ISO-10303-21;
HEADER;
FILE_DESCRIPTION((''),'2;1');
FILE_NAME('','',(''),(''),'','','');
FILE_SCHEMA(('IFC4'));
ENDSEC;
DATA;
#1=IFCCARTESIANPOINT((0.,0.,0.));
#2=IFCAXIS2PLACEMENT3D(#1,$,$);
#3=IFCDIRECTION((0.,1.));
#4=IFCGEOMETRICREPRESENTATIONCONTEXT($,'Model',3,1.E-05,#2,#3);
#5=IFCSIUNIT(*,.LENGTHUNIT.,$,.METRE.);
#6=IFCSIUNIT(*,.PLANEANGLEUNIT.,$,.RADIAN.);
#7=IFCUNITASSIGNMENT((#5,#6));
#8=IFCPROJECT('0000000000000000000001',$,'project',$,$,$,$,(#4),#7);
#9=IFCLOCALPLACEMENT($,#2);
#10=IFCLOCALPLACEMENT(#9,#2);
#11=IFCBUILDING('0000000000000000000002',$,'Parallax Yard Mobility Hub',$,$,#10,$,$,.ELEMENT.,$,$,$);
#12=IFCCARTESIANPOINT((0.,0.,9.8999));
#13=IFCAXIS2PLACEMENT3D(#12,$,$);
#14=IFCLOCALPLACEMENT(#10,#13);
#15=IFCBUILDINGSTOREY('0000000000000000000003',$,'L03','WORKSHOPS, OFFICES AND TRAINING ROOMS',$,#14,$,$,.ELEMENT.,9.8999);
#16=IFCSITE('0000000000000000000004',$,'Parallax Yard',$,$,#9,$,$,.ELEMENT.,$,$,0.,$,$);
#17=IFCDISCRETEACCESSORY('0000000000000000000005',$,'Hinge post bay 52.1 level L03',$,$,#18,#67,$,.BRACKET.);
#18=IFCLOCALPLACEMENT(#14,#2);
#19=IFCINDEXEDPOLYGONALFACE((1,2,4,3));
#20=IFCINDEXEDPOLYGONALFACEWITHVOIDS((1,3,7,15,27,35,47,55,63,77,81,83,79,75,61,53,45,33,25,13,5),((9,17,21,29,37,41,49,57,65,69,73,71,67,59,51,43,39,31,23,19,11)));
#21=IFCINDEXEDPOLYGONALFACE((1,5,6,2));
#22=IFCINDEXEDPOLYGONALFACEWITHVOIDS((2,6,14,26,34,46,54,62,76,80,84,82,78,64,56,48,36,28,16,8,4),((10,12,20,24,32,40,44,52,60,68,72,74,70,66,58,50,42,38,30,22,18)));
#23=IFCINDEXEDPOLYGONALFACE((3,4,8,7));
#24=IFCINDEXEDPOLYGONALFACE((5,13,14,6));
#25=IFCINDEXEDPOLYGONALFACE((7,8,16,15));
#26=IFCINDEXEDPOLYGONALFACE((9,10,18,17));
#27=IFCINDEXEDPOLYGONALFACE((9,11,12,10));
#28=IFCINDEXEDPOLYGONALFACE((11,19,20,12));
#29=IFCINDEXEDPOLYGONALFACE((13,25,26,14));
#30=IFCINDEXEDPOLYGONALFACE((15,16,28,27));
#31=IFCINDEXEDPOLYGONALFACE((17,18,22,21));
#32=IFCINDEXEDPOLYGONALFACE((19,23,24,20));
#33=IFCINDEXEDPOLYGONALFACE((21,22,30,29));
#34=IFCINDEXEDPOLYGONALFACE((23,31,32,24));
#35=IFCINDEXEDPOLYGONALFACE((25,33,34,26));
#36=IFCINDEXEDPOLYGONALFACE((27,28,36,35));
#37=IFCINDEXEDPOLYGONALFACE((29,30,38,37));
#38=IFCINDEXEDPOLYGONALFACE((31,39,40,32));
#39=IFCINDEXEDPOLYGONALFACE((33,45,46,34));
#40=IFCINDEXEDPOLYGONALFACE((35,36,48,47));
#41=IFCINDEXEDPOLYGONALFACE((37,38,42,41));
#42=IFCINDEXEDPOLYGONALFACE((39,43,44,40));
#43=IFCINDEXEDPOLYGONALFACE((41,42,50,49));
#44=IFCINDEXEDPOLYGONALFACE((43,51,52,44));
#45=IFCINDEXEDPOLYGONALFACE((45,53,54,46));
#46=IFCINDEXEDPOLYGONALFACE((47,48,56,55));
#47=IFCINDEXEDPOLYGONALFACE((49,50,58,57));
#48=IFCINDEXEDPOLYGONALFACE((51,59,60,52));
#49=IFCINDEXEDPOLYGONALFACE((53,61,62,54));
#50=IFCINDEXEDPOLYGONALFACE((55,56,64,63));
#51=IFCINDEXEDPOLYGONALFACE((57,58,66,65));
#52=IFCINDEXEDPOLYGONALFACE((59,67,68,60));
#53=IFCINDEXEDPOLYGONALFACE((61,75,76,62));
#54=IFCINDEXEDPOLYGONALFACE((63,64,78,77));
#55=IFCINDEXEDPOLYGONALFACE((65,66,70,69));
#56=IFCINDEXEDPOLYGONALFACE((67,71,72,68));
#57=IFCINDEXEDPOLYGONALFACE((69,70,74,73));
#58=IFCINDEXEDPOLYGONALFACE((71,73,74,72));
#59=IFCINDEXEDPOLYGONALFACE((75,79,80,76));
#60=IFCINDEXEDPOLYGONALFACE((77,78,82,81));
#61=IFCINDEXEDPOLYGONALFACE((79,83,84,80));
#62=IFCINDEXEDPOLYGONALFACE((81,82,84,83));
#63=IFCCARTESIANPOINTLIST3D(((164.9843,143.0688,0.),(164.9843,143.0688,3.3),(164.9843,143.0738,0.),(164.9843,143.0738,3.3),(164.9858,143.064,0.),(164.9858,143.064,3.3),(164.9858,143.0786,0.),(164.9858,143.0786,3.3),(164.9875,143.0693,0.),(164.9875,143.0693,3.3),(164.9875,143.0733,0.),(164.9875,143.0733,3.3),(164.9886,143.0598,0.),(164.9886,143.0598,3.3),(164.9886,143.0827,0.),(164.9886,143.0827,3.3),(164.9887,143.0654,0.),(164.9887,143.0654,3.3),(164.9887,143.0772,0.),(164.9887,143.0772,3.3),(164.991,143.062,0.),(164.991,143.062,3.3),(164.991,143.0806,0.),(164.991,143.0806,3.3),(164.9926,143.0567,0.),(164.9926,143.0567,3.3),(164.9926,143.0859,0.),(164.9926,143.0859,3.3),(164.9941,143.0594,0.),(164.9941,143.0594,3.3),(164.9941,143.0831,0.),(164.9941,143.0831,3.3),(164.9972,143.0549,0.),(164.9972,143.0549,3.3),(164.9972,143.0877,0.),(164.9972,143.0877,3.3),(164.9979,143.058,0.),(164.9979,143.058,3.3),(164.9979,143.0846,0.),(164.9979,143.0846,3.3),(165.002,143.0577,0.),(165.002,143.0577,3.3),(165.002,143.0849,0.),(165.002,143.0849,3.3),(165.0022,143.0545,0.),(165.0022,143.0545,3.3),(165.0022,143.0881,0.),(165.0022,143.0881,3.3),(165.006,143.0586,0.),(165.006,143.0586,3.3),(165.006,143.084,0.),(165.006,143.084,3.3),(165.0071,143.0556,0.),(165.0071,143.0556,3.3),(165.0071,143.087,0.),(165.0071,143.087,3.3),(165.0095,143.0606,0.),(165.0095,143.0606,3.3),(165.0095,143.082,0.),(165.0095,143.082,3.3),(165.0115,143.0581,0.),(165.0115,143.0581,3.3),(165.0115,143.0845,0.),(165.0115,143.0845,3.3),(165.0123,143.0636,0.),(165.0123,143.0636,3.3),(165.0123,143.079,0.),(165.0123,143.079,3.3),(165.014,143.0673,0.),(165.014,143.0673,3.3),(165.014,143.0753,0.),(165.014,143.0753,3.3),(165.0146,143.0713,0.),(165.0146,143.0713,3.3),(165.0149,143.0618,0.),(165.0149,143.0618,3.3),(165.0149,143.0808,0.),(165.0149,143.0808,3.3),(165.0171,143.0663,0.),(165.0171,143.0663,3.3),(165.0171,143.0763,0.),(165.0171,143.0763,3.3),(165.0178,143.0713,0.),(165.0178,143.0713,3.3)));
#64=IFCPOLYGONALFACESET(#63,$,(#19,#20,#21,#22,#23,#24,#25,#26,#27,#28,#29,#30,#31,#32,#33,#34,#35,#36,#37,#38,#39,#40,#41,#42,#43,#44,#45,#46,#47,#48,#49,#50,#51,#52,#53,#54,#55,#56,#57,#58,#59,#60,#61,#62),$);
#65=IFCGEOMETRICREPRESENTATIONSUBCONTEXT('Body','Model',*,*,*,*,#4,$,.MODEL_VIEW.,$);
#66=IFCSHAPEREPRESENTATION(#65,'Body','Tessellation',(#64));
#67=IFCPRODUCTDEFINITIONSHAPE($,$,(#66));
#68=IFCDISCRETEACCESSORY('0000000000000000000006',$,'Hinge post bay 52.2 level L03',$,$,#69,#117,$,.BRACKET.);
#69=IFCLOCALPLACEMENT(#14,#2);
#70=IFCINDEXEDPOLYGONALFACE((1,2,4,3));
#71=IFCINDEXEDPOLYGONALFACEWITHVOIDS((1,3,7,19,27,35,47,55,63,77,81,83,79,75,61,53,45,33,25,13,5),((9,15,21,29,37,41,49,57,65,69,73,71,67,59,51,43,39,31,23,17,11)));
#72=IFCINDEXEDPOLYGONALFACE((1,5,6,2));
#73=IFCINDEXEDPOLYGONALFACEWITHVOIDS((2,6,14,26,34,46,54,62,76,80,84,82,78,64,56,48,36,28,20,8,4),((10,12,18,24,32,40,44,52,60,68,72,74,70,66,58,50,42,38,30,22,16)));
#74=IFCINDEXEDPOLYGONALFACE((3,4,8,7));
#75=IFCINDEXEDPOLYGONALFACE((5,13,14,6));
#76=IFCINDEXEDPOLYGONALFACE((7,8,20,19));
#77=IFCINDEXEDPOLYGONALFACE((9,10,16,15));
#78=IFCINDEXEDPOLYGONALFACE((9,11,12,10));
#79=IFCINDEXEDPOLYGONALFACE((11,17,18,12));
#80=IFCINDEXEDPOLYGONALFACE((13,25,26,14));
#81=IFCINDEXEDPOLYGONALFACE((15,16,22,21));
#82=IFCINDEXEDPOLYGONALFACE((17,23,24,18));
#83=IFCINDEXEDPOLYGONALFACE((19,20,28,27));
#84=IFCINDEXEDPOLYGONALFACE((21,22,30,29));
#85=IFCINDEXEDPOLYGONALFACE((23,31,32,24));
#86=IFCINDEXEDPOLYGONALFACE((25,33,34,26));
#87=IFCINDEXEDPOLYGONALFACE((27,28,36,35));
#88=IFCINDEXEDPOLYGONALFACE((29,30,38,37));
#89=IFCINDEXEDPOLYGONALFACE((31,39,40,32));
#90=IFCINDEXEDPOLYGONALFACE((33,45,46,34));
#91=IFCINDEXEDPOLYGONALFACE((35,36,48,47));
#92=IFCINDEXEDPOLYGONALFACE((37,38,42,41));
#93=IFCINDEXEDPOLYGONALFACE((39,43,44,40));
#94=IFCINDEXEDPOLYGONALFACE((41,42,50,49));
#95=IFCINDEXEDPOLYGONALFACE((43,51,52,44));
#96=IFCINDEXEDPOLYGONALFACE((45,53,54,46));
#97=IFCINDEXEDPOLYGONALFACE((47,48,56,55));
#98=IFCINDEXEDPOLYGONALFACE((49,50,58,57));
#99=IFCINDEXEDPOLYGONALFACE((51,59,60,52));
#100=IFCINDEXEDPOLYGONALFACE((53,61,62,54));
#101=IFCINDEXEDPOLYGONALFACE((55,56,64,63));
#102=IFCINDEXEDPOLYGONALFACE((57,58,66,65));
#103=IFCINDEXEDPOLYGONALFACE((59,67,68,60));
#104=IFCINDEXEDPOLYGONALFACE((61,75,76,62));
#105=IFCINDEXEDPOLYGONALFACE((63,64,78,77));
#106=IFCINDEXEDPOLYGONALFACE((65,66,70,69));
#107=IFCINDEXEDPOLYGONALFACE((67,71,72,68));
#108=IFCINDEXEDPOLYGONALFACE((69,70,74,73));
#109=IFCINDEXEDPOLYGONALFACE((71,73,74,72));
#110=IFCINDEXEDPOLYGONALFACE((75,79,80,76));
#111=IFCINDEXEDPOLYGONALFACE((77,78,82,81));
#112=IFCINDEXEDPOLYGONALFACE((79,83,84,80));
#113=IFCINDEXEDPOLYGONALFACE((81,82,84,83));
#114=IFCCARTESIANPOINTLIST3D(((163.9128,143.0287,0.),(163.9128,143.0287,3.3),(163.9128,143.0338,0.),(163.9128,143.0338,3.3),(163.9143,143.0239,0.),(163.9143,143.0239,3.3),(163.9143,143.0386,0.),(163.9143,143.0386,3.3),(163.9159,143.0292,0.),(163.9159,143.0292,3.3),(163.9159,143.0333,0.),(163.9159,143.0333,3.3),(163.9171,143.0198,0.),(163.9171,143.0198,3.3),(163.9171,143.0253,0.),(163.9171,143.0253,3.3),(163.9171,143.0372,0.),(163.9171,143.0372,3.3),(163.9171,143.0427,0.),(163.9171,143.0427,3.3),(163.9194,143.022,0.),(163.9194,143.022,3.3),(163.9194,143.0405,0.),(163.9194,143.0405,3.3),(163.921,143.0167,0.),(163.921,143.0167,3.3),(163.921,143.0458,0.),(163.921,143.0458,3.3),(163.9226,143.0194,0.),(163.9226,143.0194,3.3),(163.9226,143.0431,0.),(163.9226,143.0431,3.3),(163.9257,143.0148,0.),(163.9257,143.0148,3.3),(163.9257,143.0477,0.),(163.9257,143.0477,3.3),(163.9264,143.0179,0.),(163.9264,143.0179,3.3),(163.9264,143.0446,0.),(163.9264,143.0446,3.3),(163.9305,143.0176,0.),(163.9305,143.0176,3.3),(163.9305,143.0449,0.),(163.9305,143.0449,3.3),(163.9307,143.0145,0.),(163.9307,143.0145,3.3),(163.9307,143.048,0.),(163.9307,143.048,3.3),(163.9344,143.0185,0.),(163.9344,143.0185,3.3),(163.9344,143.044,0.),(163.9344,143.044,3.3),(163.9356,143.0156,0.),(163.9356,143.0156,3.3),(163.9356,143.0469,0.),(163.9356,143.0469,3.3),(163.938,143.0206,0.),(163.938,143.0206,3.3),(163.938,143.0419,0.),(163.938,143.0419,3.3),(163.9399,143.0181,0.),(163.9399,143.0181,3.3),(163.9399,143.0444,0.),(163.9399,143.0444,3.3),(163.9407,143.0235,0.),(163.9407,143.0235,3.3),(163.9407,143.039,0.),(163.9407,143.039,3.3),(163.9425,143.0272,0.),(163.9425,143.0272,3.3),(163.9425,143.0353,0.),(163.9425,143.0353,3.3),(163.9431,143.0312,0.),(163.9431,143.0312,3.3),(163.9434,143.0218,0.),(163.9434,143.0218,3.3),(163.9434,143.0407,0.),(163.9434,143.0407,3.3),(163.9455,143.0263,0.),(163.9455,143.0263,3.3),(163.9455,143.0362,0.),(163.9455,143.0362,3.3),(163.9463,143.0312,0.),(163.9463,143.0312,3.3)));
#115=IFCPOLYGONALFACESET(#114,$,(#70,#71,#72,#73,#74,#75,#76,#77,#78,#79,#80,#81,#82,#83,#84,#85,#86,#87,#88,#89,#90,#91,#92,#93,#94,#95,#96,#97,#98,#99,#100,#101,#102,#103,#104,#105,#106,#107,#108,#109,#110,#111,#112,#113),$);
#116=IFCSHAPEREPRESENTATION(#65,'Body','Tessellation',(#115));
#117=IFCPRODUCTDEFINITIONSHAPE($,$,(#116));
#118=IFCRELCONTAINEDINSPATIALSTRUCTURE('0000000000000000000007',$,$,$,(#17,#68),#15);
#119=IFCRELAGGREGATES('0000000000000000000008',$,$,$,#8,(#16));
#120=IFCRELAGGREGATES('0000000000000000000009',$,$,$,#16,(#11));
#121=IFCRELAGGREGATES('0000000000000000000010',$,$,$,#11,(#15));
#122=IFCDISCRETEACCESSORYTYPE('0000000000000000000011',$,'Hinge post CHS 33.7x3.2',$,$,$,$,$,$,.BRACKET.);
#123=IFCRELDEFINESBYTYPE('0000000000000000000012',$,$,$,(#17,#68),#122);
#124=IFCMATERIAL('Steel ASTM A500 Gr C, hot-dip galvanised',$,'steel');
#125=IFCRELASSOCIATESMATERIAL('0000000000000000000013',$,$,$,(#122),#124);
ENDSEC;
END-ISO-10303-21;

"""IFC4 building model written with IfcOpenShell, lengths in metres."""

from ifc_helpers import new_model, si_unit, direction, frame, origin, origin_2d, place, context, subcontext, project, spatial, hollow_circle, extrude, material, material_profile, profile_set, type_object, element, save


model = new_model("IFC4")

# Units and contexts
model_context = context("Model", 3, precision=1e-05, world=origin(), true_north=direction((0.0, 1.0)))
body_context = subcontext(model_context, "Body", "Model", "MODEL_VIEW")
ifc_project = project(units=[si_unit("LENGTHUNIT", "METRE"), si_unit("PLANEANGLEUNIT", "RADIAN")], contexts=[model_context])

# Site, building, storey
site_placement = place(None, origin())
site = spatial("IfcSite", under=ifc_project, at=site_placement, Name="Parallax Yard", CompositionType="ELEMENT", RefElevation=0.0)
building_placement = place(site_placement, origin())
building = spatial("IfcBuilding", under=site, at=building_placement, Name="Parallax Yard Mobility Hub", CompositionType="ELEMENT")
storey_placement = place(building_placement, frame((0.0, 0.0, 9.8999)))
storey = spatial("IfcBuildingStorey", under=building, at=storey_placement, Name="L03", Description="WORKSHOPS, OFFICES AND TRAINING ROOMS", CompositionType="ELEMENT", Elevation=9.8999)

# Discrete accessories
ifc_material_1 = material(Name="Steel ASTM A500 Gr C, hot-dip galvanised", Category="steel")
ifc_material_profile = material_profile(ifc_material_1, hollow_circle(Radius=0.0168, WallThickness=0.0032, at=origin_2d()), Name="CHS 33.7x3.2")
ifc_profile_set = profile_set([ifc_material_profile], Name="Steel ASTM A500 Gr C, hot-dip galvanised")
discrete_accessory_type = type_object("IfcDiscreteAccessoryType", Name="Hinge post CHS 33.7x3.2", PredefinedType="BRACKET", material=ifc_profile_set)
for number, where, z_axis, x_axis, name in (
    (1, (165.001, 143.0713, 0.0), (0.0, 0.0, 1.0), (1.0, 0.0, 0.0), "Hinge post bay 52.1 level L03"),
    (2, (163.9294, 143.0312, 0.0), (0.0, 0.0, 1.0), (1.0, 0.0, 0.0), "Hinge post bay 52.2 level L03"),
):
    element("IfcDiscreteAccessory", number, at=place(storey_placement, frame(where, z_axis=z_axis, x_axis=x_axis)), inside=storey, type_object=discrete_accessory_type, Name=name, PredefinedType="BRACKET", context=body_context, shape_type="SweptSolid", body=[
        extrude(hollow_circle(Radius=0.0168, WallThickness=0.0032, at=origin_2d()), origin(), (0.0, 0.0, 1.0), 3.3),
    ])

save(model, "model.ifc")
